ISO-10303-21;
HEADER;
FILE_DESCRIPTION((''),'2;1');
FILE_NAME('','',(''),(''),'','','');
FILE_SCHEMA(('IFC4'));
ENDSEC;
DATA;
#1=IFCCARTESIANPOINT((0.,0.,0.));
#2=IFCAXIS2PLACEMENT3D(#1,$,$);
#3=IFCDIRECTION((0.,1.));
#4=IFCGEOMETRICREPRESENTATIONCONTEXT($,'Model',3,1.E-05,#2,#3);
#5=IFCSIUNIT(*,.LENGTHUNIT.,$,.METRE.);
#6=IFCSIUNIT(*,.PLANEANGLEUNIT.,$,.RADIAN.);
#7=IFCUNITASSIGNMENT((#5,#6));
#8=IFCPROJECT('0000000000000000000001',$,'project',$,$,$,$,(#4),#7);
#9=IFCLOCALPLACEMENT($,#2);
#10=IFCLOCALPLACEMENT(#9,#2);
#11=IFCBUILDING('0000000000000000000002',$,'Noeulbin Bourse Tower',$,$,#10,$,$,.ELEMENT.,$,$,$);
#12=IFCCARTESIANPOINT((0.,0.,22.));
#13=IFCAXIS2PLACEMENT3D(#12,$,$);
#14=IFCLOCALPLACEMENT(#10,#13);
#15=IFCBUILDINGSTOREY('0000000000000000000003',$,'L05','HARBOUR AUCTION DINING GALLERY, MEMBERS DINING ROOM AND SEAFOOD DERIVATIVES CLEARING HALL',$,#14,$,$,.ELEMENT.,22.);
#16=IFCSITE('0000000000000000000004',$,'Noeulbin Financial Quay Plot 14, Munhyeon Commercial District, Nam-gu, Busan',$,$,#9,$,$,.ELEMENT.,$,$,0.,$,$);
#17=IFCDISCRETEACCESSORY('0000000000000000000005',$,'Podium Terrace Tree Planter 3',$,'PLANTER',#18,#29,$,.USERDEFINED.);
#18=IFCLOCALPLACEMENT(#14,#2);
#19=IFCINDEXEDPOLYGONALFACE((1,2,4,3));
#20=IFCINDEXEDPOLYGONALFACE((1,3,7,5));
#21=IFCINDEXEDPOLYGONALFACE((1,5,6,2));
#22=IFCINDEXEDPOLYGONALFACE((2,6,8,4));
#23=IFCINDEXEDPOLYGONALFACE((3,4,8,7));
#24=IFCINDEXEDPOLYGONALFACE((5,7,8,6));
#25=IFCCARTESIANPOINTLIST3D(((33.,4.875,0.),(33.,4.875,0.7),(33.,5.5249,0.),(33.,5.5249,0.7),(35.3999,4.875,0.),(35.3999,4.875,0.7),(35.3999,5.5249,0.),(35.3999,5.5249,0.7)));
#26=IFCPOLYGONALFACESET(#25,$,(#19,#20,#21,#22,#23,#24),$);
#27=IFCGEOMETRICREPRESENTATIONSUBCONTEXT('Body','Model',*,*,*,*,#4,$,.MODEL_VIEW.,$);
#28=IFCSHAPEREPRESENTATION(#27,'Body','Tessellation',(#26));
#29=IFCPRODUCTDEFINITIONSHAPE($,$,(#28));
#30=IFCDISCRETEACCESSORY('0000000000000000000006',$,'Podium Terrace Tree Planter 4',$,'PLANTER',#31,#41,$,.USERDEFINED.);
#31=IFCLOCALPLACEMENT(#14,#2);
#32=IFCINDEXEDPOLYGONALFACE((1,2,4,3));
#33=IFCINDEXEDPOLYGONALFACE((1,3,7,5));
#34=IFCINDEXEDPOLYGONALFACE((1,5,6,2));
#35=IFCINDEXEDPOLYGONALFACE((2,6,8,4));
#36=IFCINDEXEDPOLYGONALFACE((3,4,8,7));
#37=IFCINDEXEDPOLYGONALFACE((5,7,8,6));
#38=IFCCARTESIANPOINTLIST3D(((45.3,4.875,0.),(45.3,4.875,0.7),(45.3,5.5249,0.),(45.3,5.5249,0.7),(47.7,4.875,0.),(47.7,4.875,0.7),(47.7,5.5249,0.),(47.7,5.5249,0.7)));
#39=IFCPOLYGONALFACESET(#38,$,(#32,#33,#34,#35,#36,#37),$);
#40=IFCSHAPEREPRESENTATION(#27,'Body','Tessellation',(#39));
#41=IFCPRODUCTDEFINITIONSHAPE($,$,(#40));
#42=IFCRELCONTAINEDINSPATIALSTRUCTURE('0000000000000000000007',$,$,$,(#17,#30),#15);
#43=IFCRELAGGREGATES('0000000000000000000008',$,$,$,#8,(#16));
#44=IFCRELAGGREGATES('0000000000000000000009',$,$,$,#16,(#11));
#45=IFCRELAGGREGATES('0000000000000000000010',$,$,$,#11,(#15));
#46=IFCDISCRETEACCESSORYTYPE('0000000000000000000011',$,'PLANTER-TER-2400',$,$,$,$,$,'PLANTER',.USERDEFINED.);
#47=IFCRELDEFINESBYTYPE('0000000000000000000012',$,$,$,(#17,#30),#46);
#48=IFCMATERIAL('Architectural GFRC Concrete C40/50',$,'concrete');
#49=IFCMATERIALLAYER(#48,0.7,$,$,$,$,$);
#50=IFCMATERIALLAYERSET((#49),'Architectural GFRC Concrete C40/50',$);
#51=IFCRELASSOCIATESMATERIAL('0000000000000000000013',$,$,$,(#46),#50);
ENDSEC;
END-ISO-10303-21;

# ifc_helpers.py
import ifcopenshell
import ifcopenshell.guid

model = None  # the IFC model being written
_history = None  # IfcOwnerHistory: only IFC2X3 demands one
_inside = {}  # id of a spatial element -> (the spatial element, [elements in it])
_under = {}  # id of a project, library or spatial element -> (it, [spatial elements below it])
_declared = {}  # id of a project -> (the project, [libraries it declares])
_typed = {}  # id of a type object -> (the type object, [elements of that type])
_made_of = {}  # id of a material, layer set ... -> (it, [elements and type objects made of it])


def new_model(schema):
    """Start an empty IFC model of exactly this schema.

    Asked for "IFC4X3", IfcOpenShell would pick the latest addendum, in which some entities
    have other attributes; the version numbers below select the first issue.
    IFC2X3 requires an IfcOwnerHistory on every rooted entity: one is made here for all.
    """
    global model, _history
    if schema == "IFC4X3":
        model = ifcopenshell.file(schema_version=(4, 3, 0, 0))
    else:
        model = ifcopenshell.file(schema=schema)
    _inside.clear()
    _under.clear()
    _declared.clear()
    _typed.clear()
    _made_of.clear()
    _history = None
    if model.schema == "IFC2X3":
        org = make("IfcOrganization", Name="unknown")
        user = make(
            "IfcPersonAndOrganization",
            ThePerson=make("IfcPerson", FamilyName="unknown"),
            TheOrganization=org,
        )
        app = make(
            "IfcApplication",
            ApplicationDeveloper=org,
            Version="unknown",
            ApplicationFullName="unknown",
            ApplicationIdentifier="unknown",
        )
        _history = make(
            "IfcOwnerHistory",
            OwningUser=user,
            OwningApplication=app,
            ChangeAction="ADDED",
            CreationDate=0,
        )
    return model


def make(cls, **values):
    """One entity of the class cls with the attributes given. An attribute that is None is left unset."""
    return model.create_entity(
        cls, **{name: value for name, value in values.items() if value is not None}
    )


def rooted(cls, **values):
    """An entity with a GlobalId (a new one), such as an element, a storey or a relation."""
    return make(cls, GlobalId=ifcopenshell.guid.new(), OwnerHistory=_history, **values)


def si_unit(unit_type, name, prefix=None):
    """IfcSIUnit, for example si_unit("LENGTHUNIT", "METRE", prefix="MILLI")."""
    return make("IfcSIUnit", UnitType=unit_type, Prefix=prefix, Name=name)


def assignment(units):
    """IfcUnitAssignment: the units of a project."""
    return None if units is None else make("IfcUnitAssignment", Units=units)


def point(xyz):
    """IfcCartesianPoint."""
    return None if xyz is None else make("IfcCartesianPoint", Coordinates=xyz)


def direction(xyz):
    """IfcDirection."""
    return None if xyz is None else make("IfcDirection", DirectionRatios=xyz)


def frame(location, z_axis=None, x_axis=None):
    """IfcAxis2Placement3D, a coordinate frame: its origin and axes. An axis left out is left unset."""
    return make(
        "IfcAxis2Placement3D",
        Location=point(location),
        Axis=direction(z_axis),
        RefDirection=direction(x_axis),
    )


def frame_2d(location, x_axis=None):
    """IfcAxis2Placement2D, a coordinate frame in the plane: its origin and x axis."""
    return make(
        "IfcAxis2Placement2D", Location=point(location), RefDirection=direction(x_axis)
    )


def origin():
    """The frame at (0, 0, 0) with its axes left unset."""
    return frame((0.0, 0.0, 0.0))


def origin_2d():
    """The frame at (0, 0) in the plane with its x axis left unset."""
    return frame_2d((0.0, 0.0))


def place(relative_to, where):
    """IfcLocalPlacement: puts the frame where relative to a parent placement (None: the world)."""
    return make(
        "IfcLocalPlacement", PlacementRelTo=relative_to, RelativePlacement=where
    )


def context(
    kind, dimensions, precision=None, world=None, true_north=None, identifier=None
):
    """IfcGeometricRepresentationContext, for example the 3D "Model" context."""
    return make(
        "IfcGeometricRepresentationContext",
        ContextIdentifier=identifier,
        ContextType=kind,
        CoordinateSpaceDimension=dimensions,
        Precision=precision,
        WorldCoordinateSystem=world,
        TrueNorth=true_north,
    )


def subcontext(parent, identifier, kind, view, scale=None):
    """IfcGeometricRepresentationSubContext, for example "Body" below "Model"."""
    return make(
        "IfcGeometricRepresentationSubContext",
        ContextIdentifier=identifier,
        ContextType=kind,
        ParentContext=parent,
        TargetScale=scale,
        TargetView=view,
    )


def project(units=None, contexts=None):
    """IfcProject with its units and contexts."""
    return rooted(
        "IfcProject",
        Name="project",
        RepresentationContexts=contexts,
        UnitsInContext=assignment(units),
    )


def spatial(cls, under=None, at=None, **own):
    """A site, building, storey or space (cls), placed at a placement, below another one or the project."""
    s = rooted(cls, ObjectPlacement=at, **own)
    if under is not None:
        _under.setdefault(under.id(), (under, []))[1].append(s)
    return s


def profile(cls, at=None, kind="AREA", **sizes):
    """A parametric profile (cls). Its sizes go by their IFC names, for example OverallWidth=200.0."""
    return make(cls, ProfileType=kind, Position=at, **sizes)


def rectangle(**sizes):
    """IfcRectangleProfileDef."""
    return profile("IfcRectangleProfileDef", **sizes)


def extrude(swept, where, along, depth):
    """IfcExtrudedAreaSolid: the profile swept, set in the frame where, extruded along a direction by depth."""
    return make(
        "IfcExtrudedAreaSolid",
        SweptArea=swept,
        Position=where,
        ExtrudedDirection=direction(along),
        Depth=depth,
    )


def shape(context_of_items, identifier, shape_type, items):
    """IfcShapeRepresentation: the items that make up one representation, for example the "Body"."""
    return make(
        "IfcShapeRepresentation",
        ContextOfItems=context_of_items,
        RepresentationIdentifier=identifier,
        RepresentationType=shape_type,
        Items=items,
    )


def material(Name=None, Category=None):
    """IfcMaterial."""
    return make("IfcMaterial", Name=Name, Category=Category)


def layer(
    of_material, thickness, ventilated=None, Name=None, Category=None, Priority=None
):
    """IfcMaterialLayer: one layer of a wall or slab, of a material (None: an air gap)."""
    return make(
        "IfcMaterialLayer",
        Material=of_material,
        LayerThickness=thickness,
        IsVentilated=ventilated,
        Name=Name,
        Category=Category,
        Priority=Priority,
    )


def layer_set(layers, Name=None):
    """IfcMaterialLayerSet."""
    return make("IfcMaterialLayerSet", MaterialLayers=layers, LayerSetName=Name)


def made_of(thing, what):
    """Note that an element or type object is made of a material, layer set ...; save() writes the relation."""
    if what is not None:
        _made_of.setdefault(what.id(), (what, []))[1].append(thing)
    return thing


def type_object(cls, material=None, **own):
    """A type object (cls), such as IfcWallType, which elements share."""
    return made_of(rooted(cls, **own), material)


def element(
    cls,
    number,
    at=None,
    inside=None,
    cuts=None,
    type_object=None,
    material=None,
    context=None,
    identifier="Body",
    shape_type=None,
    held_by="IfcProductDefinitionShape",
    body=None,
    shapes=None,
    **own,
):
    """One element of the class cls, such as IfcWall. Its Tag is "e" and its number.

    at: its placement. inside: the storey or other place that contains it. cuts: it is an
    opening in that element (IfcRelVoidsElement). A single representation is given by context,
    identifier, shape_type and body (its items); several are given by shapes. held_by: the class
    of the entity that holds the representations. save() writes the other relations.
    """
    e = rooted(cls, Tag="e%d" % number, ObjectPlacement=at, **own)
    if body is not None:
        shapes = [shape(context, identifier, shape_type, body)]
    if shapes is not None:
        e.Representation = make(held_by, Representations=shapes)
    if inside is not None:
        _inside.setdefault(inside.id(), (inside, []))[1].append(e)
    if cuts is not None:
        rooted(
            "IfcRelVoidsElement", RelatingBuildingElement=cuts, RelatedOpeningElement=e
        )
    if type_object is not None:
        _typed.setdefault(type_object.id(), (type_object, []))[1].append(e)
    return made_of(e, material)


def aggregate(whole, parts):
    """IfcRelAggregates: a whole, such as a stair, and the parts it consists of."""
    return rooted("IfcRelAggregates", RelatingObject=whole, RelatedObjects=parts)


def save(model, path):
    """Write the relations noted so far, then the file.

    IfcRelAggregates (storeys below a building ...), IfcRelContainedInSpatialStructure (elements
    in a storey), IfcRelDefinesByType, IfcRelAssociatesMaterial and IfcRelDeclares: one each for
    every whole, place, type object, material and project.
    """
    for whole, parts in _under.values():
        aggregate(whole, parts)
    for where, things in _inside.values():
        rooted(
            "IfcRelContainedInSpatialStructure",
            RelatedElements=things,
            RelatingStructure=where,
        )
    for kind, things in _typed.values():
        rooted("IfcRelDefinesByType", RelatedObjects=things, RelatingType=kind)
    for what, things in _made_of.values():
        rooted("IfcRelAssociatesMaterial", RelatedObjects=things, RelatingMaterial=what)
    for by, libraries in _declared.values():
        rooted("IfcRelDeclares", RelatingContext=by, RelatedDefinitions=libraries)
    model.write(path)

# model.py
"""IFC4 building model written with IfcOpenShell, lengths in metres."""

from ifc_helpers import new_model, si_unit, direction, frame, origin, origin_2d, place, context, subcontext, project, spatial, rectangle, extrude, material, layer, layer_set, type_object, element, save


model = new_model("IFC4")

# Units and contexts
model_context = context("Model", 3, precision=1e-05, world=origin(), true_north=direction((0.0, 1.0)))
body_context = subcontext(model_context, "Body", "Model", "MODEL_VIEW")
ifc_project = project(units=[si_unit("LENGTHUNIT", "METRE"), si_unit("PLANEANGLEUNIT", "RADIAN")], contexts=[model_context])

# Site, building, storey
site_placement = place(None, origin())
site = spatial("IfcSite", under=ifc_project, at=site_placement, Name="Noeulbin Financial Quay Plot 14, Munhyeon Commercial District, Nam-gu, Busan", CompositionType="ELEMENT", RefElevation=0.0)
building_placement = place(site_placement, origin())
building = spatial("IfcBuilding", under=site, at=building_placement, Name="Noeulbin Bourse Tower", CompositionType="ELEMENT")
storey_placement = place(building_placement, frame((0.0, 0.0, 22.0)))
storey = spatial("IfcBuildingStorey", under=building, at=storey_placement, Name="L05", Description="HARBOUR AUCTION DINING GALLERY, MEMBERS DINING ROOM AND SEAFOOD DERIVATIVES CLEARING HALL", CompositionType="ELEMENT", Elevation=22.0)

# Discrete accessories
ifc_material_1 = material(Name="Architectural GFRC Concrete C40/50", Category="concrete")
ifc_layer_1 = layer(ifc_material_1, 0.7)
ifc_layer_set_1 = layer_set([ifc_layer_1], Name="Architectural GFRC Concrete C40/50")
discrete_accessory_type = type_object("IfcDiscreteAccessoryType", Name="PLANTER-TER-2400", ElementType="PLANTER", PredefinedType="USERDEFINED", material=ifc_layer_set_1)
for number, where, z_axis, x_axis, name in (
    (1, (34.2, 5.2, 0.0), (0.0, 0.0, 1.0), (1.0, 0.0, 0.0), "Podium Terrace Tree Planter 3"),
    (2, (46.5, 5.2, 0.0), (0.0, 0.0, 1.0), (1.0, 0.0, 0.0), "Podium Terrace Tree Planter 4"),
):
    element("IfcDiscreteAccessory", number, at=place(storey_placement, frame(where, z_axis=z_axis, x_axis=x_axis)), inside=storey, type_object=discrete_accessory_type, Name=name, ObjectType="PLANTER", PredefinedType="USERDEFINED", context=body_context, shape_type="SweptSolid", body=[
        extrude(rectangle(XDim=2.3999, YDim=0.6499, at=origin_2d()), origin(), (0.0, 0.0, 1.0), 0.7),
    ])

save(model, "model.ifc")
